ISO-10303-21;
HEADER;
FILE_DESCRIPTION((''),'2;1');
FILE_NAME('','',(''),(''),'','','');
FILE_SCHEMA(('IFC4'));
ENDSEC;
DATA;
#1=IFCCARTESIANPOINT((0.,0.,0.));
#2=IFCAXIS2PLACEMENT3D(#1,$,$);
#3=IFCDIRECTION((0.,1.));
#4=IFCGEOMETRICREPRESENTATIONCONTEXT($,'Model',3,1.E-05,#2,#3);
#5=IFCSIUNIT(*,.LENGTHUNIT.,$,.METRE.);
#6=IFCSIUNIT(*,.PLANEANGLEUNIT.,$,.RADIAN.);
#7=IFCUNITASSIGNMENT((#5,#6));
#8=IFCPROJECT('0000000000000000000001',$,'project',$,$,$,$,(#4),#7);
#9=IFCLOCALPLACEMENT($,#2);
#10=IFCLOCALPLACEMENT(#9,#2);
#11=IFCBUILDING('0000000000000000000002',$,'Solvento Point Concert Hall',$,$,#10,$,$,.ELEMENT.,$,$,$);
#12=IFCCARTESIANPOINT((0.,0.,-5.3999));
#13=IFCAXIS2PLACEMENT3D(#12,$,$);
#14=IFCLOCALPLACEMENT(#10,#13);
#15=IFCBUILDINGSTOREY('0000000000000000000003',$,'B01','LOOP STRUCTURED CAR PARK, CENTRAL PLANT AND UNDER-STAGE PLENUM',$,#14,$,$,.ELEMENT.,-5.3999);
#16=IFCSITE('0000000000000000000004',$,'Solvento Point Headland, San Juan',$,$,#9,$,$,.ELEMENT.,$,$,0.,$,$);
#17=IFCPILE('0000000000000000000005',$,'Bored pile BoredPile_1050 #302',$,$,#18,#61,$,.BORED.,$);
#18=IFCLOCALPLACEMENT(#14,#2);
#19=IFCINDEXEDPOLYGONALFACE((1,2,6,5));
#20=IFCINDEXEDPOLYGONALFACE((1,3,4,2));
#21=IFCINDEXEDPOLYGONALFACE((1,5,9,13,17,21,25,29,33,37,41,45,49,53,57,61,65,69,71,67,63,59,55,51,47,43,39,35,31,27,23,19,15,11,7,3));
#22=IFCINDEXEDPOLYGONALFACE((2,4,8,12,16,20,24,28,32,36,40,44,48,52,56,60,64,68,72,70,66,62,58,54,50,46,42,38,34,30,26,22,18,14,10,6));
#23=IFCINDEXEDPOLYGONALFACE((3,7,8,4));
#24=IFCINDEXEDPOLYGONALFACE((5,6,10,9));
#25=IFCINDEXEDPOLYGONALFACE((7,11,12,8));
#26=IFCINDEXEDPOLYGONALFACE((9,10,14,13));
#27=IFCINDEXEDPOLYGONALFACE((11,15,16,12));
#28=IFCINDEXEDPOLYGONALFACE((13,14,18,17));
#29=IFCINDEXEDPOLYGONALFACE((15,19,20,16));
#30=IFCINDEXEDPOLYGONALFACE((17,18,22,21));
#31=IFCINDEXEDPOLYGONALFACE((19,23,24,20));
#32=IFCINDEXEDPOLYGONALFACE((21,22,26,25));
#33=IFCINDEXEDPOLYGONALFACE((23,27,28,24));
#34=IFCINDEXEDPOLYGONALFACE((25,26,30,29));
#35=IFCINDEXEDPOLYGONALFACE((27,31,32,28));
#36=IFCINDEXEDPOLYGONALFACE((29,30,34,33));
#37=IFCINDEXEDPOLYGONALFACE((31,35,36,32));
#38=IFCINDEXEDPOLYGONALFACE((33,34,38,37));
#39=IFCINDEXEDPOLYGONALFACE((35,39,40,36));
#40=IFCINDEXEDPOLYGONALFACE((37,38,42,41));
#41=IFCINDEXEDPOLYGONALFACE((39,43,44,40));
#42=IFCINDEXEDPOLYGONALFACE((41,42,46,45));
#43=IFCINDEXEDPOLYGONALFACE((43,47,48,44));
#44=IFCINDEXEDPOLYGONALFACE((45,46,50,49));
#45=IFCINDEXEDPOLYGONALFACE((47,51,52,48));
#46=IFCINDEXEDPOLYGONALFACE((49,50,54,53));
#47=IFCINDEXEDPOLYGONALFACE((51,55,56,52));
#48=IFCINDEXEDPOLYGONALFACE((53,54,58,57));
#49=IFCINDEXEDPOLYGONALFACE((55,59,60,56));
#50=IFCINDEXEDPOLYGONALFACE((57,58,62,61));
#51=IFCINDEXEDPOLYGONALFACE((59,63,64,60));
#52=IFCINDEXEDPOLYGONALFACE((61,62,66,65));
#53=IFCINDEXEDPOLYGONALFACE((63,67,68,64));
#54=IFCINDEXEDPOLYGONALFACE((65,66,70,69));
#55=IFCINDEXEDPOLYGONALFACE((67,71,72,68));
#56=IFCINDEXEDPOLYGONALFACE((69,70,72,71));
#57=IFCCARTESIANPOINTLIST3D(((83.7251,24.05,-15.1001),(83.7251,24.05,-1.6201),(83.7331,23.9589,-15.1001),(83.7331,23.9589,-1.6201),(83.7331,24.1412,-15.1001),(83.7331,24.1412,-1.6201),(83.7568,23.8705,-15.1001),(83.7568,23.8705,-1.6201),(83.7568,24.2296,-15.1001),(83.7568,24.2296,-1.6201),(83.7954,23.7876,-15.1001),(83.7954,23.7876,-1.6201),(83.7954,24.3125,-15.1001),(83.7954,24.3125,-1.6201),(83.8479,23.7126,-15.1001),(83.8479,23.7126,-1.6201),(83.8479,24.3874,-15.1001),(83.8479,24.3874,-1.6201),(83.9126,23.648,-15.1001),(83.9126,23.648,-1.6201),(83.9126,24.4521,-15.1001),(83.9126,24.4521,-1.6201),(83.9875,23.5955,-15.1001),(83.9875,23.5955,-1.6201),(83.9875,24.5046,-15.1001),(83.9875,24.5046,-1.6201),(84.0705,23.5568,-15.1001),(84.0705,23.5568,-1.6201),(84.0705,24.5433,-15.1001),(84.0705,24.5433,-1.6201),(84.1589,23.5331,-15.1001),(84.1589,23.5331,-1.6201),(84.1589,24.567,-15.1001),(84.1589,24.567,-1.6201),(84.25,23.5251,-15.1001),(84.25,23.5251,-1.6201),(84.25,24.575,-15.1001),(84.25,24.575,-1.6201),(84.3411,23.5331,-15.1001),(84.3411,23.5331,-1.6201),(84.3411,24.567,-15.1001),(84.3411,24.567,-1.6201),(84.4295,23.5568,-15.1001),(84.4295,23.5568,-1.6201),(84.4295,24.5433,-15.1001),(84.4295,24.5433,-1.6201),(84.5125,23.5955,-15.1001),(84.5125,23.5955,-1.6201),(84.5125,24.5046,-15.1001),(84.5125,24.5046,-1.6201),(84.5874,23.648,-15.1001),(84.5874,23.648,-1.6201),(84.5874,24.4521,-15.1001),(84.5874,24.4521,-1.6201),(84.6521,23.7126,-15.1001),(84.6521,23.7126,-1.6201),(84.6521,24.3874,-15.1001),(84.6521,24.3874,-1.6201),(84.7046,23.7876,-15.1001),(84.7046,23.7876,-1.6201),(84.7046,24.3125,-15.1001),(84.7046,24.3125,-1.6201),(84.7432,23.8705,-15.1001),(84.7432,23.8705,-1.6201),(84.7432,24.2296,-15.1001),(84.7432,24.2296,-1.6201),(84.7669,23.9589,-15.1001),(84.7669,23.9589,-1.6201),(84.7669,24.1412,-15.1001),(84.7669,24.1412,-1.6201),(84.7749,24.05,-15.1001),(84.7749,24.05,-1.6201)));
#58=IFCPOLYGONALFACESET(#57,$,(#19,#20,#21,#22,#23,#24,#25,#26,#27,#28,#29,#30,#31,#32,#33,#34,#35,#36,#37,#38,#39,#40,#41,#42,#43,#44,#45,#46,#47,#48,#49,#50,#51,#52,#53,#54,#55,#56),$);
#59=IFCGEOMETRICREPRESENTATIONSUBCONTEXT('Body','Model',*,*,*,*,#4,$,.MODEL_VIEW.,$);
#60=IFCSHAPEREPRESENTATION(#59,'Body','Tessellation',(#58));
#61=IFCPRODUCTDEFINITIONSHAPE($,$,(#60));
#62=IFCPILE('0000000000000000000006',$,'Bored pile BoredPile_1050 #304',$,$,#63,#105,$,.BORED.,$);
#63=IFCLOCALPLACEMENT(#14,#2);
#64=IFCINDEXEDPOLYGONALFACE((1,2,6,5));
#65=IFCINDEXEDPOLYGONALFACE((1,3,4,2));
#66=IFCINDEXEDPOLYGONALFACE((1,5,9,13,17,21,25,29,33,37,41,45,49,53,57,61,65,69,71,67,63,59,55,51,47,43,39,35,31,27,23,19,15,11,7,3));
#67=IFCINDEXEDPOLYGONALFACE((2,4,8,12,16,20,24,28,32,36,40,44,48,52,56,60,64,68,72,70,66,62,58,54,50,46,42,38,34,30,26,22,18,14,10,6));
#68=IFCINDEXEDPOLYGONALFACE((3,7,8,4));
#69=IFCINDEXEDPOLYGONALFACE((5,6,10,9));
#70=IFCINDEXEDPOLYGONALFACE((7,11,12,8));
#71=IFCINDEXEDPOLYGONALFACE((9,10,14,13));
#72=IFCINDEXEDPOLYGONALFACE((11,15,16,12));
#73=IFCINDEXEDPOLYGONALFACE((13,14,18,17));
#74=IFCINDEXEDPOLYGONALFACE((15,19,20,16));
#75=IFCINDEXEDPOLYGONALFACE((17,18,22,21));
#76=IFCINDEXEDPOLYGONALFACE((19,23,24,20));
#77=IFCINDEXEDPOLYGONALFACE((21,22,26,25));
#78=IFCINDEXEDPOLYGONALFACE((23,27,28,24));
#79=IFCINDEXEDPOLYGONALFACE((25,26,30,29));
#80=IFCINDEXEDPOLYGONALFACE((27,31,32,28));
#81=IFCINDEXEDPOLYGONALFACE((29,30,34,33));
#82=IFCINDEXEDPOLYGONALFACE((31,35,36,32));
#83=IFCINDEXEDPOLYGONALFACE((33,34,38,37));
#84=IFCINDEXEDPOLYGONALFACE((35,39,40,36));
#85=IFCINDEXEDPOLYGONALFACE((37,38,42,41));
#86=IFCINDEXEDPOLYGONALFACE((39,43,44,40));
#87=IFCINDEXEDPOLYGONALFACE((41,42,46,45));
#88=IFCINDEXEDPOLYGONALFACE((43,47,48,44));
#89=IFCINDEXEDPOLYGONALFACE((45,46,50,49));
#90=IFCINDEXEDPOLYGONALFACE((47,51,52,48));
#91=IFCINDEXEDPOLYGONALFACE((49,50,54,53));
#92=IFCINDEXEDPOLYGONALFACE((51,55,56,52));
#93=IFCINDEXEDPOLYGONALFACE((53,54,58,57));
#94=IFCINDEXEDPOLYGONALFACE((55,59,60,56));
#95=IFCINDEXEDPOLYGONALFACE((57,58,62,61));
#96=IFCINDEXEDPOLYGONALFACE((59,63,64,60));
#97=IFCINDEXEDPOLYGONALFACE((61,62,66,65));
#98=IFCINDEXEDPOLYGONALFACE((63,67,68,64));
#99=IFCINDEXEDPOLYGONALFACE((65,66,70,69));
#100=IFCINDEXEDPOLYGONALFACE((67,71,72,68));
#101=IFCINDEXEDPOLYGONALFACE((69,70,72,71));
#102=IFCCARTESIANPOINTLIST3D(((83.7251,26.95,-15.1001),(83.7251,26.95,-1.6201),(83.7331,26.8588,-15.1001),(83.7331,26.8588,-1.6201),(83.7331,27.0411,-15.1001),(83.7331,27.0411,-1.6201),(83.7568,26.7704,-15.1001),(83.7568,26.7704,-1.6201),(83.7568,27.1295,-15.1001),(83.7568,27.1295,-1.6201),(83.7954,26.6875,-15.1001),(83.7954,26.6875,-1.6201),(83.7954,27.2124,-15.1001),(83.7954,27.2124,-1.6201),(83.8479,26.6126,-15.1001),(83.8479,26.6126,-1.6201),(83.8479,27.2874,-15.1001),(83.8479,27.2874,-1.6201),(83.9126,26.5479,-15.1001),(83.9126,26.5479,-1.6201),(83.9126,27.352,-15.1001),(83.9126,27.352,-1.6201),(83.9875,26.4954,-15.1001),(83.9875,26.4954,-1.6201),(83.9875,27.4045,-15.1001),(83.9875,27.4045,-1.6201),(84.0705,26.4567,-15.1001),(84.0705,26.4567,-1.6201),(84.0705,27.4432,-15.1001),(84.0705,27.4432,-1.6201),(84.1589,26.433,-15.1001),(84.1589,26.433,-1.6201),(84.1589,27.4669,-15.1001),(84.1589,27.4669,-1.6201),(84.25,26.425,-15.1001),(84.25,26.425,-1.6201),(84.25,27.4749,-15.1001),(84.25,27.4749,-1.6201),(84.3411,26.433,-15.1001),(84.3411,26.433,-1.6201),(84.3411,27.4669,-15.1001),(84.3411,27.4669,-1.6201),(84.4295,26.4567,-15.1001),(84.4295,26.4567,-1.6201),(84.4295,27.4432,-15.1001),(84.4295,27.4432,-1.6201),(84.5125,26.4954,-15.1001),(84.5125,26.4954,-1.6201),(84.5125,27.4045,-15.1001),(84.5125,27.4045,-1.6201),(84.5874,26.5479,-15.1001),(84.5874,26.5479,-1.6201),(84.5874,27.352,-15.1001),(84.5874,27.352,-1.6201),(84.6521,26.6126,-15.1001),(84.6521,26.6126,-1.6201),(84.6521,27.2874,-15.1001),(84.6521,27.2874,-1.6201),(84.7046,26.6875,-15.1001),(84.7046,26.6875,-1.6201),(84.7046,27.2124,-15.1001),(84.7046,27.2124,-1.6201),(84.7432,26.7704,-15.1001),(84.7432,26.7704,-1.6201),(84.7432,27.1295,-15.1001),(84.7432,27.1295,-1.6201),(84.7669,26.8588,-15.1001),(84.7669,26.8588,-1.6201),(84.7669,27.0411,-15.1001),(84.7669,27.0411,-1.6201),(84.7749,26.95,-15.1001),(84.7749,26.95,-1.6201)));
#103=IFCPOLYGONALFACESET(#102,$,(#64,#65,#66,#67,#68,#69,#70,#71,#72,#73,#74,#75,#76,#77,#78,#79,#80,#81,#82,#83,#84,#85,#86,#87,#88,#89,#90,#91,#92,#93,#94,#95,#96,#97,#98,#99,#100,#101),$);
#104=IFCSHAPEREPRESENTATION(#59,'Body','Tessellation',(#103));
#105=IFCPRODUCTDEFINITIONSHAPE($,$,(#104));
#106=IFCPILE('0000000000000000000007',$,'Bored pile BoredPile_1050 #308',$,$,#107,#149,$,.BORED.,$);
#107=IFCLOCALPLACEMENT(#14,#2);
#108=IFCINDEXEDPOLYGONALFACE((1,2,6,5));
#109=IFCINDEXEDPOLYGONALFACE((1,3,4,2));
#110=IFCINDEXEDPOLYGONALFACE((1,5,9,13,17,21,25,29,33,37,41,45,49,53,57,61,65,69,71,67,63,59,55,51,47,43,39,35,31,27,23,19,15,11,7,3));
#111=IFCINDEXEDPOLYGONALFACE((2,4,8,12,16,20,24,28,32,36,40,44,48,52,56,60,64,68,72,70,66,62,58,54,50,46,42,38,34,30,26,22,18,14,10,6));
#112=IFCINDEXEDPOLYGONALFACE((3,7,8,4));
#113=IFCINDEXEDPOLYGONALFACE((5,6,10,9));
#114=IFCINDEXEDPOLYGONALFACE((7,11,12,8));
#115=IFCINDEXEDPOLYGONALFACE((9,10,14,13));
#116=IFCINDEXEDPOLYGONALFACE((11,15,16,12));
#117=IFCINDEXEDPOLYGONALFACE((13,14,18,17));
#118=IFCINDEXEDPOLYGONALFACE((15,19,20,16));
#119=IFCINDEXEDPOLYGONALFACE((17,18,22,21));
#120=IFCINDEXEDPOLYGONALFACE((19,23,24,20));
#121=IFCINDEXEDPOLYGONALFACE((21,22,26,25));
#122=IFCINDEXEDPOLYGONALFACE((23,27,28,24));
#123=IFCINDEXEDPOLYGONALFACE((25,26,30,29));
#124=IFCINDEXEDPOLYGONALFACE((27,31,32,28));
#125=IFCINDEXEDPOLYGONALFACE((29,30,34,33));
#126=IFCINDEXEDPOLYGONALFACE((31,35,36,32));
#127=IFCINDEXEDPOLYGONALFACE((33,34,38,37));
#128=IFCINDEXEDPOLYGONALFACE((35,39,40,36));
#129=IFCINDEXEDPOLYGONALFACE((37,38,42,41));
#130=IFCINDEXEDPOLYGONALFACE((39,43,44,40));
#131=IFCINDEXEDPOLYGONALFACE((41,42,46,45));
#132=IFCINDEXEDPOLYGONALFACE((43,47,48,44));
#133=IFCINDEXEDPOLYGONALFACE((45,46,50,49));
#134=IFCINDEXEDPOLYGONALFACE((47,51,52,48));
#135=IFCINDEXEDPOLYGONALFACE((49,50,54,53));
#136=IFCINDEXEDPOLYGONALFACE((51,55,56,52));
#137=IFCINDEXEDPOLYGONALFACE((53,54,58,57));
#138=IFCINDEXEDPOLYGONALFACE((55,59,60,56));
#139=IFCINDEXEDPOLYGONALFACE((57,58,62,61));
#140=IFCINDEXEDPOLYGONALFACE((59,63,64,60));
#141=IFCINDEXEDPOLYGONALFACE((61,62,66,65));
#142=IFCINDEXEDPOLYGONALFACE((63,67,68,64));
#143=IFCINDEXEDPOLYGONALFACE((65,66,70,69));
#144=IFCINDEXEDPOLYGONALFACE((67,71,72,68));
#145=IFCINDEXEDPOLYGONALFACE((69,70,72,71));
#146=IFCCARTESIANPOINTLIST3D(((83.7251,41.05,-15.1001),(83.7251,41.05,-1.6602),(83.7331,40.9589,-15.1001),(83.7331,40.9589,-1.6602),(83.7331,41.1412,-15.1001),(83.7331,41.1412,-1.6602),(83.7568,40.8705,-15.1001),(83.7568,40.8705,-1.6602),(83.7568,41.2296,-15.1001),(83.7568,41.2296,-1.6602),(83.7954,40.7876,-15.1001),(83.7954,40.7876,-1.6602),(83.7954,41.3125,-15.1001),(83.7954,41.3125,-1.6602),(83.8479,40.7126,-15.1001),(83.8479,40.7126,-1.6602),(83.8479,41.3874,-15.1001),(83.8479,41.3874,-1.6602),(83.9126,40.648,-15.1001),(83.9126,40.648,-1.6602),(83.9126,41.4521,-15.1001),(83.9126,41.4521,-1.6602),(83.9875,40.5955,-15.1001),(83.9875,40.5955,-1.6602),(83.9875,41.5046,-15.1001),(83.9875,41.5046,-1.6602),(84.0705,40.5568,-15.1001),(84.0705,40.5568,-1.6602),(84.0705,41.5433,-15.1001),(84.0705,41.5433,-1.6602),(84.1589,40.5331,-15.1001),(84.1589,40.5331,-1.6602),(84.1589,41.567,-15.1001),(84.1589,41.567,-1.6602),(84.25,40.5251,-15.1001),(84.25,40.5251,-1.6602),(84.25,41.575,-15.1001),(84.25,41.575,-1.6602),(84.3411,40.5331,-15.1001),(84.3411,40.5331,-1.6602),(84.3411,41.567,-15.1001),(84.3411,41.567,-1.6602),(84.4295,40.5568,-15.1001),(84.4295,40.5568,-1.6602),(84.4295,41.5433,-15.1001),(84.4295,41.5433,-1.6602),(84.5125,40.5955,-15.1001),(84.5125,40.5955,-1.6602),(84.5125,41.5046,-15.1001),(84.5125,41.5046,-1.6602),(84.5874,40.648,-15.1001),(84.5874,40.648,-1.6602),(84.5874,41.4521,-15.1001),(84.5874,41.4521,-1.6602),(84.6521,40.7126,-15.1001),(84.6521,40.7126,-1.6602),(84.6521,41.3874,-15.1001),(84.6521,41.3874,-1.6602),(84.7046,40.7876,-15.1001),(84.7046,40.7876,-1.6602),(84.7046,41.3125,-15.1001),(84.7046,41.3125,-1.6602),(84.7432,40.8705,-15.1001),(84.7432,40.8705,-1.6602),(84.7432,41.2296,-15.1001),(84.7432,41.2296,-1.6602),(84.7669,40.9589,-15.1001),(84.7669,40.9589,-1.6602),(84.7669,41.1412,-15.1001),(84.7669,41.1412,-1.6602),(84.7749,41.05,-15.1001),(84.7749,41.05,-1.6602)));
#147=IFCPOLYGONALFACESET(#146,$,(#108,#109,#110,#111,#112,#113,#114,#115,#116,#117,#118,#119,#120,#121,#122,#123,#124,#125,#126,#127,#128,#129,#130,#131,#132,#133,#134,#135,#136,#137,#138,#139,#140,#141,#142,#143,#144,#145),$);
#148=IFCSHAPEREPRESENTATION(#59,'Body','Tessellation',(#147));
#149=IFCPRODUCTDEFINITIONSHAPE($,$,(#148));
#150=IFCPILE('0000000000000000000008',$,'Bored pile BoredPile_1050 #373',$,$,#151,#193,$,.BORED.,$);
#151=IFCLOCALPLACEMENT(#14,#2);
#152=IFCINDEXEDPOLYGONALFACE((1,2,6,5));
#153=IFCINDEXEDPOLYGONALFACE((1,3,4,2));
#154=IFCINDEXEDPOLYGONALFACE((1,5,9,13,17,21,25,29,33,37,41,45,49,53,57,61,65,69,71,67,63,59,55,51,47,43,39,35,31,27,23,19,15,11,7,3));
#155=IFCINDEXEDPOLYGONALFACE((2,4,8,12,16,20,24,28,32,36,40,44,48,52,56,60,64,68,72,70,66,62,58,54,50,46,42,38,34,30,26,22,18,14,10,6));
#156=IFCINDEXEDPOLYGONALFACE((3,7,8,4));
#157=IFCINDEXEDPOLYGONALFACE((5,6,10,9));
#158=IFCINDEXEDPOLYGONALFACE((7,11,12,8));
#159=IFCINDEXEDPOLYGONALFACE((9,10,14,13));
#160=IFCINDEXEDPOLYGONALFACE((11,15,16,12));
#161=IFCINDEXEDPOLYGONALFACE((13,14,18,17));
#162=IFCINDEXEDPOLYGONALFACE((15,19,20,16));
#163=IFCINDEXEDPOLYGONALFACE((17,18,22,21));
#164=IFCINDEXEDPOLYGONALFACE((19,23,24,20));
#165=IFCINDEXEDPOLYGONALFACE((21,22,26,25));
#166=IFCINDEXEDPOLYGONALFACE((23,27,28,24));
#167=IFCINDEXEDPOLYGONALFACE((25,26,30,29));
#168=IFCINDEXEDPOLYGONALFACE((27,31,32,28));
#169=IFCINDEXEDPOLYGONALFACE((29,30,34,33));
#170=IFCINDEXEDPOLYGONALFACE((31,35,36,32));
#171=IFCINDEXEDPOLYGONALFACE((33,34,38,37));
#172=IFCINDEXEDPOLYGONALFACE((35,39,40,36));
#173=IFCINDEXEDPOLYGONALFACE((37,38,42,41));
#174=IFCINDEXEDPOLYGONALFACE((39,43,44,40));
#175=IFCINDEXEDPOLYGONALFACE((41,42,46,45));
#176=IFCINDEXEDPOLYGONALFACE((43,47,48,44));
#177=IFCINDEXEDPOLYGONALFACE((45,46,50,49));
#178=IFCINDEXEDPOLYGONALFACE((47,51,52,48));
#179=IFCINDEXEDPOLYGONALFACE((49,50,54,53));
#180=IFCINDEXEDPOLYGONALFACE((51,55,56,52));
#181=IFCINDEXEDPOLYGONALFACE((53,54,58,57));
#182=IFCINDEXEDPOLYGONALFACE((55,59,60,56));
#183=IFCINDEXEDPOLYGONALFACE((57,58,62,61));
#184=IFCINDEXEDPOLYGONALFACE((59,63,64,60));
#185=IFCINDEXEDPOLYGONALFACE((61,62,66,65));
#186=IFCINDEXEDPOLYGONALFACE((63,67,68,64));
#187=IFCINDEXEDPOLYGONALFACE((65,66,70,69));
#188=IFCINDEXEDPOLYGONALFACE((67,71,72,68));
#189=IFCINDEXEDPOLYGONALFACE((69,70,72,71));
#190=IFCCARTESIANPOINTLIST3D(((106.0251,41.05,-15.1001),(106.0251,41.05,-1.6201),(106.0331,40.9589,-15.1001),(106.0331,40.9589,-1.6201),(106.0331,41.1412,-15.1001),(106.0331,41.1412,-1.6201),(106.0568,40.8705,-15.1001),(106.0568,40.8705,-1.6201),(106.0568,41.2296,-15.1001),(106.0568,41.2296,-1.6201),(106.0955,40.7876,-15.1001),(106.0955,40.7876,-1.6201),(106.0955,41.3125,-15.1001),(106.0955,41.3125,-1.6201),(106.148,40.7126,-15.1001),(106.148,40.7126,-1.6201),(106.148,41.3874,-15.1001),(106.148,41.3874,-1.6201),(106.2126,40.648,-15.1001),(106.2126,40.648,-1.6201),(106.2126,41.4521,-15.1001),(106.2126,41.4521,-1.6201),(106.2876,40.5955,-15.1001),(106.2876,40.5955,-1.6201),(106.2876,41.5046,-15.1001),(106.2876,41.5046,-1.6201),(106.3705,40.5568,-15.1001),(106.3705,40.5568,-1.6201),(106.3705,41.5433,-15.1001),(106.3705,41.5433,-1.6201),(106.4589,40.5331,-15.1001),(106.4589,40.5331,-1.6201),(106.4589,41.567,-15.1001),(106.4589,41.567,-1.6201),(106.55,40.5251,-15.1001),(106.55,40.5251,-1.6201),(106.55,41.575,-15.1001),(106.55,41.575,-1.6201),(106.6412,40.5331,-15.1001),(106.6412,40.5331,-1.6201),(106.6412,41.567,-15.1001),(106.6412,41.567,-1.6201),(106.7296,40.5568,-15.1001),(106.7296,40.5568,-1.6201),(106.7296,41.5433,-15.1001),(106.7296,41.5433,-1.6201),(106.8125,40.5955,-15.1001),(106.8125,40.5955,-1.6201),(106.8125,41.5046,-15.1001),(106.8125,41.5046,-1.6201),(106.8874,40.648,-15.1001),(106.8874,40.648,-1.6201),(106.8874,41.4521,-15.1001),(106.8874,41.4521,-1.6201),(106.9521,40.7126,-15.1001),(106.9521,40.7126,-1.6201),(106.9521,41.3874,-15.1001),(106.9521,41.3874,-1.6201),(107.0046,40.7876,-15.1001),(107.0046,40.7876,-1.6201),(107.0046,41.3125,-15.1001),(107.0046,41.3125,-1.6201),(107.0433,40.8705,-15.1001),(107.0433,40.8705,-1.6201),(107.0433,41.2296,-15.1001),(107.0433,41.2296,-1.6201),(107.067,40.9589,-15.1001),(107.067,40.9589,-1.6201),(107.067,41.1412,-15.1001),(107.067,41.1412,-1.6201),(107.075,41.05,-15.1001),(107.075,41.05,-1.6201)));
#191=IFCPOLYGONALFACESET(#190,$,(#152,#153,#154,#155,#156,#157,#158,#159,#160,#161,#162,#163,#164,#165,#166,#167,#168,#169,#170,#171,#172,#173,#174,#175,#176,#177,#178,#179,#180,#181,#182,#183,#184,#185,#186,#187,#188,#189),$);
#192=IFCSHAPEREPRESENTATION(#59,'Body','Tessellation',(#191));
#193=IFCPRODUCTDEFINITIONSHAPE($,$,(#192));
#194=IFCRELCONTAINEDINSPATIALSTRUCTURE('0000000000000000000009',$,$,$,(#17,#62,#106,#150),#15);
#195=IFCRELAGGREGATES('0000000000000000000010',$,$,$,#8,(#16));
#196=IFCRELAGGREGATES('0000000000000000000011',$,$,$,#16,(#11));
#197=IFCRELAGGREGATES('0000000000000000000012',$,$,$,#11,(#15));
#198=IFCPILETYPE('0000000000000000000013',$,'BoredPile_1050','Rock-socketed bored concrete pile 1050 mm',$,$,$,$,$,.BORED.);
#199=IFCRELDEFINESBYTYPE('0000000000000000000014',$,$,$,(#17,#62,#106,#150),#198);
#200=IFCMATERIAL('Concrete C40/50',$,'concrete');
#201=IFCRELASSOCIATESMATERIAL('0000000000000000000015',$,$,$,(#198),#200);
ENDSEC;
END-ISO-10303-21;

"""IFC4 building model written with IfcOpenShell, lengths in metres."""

from ifc_helpers import new_model, si_unit, direction, frame, origin, origin_2d, place, context, subcontext, project, spatial, circle, extrude, material, material_profile, profile_set, type_object, element, save


model = new_model("IFC4")

# Units and contexts
model_context = context("Model", 3, precision=1e-05, world=origin(), true_north=direction((0.0, 1.0)))
body_context = subcontext(model_context, "Body", "Model", "MODEL_VIEW")
ifc_project = project(units=[si_unit("LENGTHUNIT", "METRE"), si_unit("PLANEANGLEUNIT", "RADIAN")], contexts=[model_context])

# Site, building, storey
site_placement = place(None, origin())
site = spatial("IfcSite", under=ifc_project, at=site_placement, Name="Solvento Point Headland, San Juan", CompositionType="ELEMENT", RefElevation=0.0)
building_placement = place(site_placement, origin())
building = spatial("IfcBuilding", under=site, at=building_placement, Name="Solvento Point Concert Hall", CompositionType="ELEMENT")
storey_placement = place(building_placement, frame((0.0, 0.0, -5.3999)))
storey = spatial("IfcBuildingStorey", under=building, at=storey_placement, Name="B01", Description="LOOP STRUCTURED CAR PARK, CENTRAL PLANT AND UNDER-STAGE PLENUM", CompositionType="ELEMENT", Elevation=-5.3999)

# Piles
ifc_material_1 = material(Name="Concrete C40/50", Category="concrete")
ifc_material_profile_1 = material_profile(ifc_material_1, circle(Radius=0.5249, at=origin_2d()), Name="BP-1050")
ifc_profile_set_1 = profile_set([ifc_material_profile_1], Name="Concrete C40/50")
pile_type_1 = type_object("IfcPileType", Name="BoredPile_1050", Description="Rock-socketed bored concrete pile 1050 mm", PredefinedType="BORED", material=ifc_profile_set_1)
for number, where, z_axis, x_axis, name in (
    (1, (84.25, 24.05, -1.6201), (0.0, 0.0, -1.0), (1.0, 0.0, 0.0), "Bored pile BoredPile_1050 #302"),
    (2, (84.25, 26.95, -1.6201), (0.0, 0.0, -1.0), (1.0, 0.0, 0.0), "Bored pile BoredPile_1050 #304"),
):
    element("IfcPile", number, at=place(storey_placement, frame(where, z_axis=z_axis, x_axis=x_axis)), inside=storey, type_object=pile_type_1, Name=name, PredefinedType="BORED", context=body_context, shape_type="SweptSolid", body=[
        extrude(circle(Radius=0.5249, at=origin_2d()), origin(), (0.0, 0.0, 1.0), 13.48),
    ])
pile_1_placement = place(storey_placement, frame((84.25, 41.05, -1.6602), z_axis=(0.0, 0.0, -1.0), x_axis=(1.0, 0.0, 0.0)))
element("IfcPile", 3, at=pile_1_placement, inside=storey, type_object=pile_type_1, Name="Bored pile BoredPile_1050 #308", PredefinedType="BORED", context=body_context, shape_type="SweptSolid", body=[
    extrude(circle(Radius=0.5249, at=origin_2d()), origin(), (0.0, 0.0, 1.0), 13.4399),
])
for number, where, z_axis, x_axis, name in (
    (4, (106.55, 41.05, -1.6201), (0.0, 0.0, -1.0), (1.0, 0.0, 0.0), "Bored pile BoredPile_1050 #373"),
):
    element("IfcPile", number, at=place(storey_placement, frame(where, z_axis=z_axis, x_axis=x_axis)), inside=storey, type_object=pile_type_1, Name=name, PredefinedType="BORED", context=body_context, shape_type="SweptSolid", body=[
        extrude(circle(Radius=0.5249, at=origin_2d()), origin(), (0.0, 0.0, 1.0), 13.48),
    ])

save(model, "model.ifc")
